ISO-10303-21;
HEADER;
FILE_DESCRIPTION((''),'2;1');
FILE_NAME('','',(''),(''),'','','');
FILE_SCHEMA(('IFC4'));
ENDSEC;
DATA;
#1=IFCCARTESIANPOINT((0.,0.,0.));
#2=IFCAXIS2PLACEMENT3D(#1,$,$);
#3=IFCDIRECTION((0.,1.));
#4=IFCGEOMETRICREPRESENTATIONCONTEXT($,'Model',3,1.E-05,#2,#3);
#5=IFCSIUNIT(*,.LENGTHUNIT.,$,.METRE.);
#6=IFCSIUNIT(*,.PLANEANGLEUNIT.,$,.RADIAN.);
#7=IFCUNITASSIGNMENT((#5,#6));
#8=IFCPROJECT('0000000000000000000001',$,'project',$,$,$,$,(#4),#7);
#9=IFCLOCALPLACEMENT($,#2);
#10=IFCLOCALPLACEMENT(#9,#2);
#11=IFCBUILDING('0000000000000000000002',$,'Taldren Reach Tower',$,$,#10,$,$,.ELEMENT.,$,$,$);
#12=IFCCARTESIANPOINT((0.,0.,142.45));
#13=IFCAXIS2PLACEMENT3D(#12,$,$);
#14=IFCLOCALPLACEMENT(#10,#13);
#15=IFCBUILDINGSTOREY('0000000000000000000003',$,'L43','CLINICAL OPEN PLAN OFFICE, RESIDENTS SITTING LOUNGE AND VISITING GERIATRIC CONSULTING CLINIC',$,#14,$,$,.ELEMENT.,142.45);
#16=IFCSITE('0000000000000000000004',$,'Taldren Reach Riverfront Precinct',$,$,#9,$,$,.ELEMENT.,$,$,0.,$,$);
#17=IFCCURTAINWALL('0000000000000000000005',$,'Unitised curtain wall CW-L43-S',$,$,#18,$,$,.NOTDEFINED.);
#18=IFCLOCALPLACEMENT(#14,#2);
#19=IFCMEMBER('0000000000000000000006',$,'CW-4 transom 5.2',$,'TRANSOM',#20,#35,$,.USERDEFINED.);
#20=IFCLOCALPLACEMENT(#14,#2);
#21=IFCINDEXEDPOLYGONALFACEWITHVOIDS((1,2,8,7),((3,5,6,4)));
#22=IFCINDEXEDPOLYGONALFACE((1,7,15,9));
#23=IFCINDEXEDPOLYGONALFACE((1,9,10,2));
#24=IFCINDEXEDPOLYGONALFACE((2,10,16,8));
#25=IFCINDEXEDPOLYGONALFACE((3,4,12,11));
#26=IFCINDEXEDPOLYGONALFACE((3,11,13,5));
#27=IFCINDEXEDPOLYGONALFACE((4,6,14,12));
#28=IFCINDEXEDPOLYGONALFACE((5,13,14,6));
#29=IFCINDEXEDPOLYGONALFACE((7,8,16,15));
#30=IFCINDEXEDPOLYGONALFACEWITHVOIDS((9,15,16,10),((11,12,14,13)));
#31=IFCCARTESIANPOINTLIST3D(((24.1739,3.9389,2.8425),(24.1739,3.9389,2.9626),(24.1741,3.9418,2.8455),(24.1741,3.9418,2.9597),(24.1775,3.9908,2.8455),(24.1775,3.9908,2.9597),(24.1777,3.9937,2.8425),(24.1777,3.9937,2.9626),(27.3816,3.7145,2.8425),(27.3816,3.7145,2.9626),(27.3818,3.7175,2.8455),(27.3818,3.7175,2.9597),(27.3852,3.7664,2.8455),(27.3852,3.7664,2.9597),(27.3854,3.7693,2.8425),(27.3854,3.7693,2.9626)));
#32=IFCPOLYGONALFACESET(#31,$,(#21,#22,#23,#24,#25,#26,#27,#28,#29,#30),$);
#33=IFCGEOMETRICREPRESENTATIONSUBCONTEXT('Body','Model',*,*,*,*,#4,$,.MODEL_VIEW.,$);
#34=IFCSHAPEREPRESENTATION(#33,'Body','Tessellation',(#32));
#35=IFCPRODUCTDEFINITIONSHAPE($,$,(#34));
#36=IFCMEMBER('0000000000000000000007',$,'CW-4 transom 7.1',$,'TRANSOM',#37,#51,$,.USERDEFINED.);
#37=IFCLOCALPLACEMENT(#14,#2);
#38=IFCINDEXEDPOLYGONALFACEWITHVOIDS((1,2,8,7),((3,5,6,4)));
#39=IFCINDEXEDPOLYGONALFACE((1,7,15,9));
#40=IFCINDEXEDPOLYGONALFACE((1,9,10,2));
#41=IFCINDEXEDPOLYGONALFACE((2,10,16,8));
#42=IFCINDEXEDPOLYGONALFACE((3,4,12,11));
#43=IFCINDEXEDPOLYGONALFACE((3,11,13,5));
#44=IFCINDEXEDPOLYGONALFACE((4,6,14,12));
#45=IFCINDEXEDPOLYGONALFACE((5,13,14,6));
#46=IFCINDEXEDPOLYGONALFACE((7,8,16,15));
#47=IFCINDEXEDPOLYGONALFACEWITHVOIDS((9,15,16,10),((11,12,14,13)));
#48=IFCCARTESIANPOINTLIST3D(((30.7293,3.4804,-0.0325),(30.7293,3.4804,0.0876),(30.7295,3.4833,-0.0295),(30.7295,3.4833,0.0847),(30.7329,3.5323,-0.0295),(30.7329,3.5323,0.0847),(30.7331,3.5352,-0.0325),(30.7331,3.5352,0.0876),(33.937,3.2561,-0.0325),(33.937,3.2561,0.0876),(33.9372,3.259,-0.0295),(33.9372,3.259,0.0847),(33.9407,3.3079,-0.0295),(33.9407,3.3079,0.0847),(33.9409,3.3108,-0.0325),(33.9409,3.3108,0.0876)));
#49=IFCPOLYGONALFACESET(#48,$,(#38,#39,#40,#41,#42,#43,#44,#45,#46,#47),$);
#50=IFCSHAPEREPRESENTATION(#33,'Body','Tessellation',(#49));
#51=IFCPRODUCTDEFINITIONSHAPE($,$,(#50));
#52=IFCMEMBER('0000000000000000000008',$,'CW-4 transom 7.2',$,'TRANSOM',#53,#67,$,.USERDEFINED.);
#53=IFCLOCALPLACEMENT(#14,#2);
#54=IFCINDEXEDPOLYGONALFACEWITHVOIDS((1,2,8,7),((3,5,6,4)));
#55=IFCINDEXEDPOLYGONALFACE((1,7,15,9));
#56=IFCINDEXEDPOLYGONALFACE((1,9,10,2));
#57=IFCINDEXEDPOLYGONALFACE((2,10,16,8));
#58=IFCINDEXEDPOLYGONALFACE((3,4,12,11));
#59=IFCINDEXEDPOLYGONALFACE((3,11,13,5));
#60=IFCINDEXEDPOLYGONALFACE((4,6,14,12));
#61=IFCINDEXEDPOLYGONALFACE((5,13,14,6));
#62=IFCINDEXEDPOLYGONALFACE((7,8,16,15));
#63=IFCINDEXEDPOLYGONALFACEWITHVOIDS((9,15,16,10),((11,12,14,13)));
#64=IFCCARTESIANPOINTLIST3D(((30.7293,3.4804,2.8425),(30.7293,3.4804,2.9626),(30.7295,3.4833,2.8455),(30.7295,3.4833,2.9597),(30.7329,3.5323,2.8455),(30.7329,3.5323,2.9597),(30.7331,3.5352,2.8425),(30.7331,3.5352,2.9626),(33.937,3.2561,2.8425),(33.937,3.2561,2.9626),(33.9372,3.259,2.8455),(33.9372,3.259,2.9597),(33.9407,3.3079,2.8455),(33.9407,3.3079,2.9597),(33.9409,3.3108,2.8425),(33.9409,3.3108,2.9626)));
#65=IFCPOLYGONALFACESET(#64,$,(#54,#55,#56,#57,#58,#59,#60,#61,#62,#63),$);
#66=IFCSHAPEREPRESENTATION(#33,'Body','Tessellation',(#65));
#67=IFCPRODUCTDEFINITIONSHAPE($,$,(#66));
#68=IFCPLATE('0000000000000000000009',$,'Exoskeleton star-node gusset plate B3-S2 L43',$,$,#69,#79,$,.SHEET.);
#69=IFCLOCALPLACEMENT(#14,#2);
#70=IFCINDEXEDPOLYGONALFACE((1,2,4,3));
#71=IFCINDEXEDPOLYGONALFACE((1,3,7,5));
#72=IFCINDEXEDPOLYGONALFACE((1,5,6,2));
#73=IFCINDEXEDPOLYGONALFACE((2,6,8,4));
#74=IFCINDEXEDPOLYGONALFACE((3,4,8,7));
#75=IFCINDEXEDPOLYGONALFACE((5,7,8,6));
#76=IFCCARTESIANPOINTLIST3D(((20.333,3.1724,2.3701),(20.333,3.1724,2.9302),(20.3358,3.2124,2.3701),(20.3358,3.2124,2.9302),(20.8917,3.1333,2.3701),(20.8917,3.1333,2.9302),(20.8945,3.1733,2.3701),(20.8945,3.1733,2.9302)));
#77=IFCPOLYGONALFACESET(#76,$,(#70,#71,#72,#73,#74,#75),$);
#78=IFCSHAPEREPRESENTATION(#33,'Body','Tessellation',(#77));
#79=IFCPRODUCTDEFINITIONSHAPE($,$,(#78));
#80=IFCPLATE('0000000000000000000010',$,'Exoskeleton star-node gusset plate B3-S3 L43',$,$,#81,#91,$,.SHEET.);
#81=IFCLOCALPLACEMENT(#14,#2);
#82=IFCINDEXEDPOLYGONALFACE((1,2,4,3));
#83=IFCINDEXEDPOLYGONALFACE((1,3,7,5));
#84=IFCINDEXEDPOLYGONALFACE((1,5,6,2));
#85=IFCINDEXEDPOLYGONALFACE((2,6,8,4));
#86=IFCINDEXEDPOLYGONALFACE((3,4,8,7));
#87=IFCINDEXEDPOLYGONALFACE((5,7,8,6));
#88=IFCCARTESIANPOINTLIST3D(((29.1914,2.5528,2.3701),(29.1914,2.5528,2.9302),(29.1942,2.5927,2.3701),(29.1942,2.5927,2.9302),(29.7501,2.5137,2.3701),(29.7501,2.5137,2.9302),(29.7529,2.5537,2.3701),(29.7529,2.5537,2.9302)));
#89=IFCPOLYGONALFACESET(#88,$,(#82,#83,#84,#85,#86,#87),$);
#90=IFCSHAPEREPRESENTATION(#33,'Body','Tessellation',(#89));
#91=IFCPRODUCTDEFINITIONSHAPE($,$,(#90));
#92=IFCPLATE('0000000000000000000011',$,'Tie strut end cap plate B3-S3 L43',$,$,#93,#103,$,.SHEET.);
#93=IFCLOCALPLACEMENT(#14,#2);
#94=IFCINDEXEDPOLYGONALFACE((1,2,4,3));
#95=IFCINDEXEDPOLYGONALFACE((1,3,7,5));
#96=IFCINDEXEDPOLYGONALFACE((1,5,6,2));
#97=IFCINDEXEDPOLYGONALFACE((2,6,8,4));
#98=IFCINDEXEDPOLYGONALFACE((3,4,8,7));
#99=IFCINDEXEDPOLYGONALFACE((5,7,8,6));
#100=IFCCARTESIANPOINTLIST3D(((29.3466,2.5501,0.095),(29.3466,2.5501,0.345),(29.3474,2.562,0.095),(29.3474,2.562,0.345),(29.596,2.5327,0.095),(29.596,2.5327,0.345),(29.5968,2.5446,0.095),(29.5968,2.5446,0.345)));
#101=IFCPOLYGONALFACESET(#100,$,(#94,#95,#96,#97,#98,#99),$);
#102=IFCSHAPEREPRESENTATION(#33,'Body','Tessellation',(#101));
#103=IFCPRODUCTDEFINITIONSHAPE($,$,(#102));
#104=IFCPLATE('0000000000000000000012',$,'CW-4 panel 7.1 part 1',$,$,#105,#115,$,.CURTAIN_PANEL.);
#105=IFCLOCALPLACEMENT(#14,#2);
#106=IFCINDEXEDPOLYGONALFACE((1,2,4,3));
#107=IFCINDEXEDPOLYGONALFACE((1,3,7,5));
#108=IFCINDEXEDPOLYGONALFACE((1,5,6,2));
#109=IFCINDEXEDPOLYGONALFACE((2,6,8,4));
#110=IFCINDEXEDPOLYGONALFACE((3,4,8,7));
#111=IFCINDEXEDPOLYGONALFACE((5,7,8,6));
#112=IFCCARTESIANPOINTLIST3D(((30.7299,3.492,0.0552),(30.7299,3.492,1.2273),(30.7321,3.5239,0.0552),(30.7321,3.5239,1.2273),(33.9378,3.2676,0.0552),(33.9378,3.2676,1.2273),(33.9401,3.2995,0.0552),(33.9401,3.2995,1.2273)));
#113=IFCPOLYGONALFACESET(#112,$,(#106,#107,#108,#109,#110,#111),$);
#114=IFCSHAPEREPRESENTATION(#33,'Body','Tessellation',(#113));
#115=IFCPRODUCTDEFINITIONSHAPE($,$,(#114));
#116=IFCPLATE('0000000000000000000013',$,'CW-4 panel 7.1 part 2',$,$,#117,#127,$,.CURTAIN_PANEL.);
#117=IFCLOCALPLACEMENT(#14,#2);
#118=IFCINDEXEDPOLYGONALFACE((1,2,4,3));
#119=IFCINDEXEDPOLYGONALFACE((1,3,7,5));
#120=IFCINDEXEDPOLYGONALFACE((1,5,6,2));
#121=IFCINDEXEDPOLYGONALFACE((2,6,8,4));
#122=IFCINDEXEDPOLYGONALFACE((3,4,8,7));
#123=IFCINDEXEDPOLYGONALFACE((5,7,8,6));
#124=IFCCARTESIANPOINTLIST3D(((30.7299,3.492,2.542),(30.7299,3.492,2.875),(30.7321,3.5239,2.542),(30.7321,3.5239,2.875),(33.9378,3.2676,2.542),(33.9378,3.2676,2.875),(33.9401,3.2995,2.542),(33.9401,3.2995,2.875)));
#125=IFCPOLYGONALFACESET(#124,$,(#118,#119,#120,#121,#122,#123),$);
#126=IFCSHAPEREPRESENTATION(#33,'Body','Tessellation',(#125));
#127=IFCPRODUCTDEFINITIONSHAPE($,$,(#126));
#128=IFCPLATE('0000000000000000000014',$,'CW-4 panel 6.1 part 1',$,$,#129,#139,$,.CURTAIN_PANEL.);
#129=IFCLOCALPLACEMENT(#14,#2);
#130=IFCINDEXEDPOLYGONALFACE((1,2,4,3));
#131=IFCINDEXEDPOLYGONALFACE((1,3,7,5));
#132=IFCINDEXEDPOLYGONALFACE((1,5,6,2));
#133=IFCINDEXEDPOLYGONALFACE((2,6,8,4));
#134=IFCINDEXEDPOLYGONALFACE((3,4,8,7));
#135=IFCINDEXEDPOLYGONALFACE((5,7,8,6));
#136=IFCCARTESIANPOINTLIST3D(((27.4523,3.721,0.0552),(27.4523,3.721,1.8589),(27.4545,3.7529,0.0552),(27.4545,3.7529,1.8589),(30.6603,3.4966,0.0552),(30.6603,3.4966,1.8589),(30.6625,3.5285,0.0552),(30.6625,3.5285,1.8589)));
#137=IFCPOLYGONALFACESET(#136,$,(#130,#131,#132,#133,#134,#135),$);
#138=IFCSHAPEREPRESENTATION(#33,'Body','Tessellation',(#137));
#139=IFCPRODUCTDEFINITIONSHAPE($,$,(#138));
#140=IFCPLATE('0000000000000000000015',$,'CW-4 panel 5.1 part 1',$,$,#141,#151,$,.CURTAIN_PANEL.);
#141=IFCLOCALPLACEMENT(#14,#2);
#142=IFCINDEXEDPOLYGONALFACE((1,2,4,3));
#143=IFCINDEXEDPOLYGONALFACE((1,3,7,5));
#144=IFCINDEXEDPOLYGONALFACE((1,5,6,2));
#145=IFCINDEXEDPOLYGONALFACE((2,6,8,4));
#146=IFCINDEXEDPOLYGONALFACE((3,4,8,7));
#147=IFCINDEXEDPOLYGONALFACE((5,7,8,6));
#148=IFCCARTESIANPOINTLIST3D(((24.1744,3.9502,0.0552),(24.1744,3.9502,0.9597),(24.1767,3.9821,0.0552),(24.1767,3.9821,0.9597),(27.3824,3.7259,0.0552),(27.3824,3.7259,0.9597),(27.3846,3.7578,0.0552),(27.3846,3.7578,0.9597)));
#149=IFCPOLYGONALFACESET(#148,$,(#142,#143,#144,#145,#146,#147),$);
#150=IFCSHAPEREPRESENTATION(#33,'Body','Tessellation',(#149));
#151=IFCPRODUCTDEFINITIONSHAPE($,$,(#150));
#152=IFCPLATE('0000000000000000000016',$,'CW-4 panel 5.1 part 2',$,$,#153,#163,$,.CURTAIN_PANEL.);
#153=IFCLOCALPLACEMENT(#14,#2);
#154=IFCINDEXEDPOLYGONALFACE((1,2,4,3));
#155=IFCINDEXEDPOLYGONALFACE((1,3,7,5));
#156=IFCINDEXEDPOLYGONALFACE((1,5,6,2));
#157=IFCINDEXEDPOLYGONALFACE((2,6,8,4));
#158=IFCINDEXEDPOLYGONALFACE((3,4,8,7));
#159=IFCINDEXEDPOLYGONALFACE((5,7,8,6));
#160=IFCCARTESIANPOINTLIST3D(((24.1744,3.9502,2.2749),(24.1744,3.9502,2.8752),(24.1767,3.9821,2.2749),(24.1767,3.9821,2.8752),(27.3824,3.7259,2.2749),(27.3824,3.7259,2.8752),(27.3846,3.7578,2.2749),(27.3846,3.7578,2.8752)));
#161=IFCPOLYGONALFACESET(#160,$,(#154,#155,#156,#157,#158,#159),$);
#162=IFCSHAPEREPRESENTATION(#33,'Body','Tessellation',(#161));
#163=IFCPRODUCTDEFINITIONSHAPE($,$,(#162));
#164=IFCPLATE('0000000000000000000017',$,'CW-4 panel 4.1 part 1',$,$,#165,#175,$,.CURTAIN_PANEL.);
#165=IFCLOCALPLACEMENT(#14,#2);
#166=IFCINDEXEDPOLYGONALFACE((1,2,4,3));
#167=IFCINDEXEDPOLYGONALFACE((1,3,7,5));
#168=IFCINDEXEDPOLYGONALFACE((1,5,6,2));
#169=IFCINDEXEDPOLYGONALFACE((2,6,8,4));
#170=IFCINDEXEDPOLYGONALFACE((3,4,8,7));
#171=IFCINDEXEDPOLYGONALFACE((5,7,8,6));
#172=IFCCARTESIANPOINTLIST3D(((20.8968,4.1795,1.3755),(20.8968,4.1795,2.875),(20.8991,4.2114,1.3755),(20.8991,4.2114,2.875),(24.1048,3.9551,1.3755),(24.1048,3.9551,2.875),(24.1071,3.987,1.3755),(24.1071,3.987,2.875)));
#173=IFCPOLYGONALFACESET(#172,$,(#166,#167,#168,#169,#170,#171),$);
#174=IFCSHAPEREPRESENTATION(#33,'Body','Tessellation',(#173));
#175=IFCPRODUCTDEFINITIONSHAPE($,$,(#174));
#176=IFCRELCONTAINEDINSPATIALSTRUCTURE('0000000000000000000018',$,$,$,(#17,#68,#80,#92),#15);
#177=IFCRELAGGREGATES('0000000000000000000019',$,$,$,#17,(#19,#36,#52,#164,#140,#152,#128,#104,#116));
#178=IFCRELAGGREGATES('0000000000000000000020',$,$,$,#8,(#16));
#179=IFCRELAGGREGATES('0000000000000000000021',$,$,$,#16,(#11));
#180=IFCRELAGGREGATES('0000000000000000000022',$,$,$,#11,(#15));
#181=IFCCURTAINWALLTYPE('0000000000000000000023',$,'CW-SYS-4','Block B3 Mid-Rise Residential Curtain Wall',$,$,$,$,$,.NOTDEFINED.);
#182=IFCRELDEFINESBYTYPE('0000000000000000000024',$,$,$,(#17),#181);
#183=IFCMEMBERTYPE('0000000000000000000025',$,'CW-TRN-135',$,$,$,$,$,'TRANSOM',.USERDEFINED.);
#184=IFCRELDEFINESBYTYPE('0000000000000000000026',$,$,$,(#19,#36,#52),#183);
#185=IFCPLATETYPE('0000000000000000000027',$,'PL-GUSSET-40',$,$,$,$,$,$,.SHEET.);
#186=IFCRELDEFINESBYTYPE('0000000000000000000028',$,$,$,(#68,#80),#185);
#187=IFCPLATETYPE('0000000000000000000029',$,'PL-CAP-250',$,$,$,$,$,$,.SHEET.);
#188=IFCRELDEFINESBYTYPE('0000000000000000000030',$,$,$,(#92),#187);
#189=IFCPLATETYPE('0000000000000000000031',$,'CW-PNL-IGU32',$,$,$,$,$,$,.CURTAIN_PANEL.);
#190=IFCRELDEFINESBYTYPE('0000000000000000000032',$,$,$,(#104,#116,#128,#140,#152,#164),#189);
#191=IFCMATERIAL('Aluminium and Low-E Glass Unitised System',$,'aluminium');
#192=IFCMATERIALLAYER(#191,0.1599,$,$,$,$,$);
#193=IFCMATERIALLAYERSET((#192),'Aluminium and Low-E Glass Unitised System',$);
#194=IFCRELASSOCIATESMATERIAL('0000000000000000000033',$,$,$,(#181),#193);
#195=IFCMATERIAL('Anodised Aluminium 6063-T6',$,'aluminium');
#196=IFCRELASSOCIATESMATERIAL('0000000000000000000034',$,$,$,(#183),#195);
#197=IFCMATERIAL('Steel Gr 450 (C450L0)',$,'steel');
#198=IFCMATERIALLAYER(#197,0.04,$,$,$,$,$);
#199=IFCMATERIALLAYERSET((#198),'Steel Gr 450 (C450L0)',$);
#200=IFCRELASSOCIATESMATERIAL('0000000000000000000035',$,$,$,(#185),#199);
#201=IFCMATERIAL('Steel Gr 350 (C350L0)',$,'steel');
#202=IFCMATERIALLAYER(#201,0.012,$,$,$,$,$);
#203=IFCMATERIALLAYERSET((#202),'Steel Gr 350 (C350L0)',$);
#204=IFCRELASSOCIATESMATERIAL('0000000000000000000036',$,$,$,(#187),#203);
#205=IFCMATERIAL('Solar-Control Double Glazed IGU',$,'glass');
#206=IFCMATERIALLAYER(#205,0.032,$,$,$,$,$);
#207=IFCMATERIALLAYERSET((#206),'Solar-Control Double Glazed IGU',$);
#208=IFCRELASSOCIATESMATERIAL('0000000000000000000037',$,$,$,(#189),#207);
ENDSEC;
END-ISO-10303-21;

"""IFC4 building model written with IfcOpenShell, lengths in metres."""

from ifc_helpers import new_model, si_unit, direction, frame, origin, origin_2d, place, context, subcontext, project, spatial, rectangle, hollow_rectangle, extrude, source, transform, mapped, material, layer, layer_set, material_profile, profile_set, type_object, element, aggregate, save


model = new_model("IFC4")

# Units and contexts
model_context = context("Model", 3, precision=1e-05, world=origin(), true_north=direction((0.0, 1.0)))
body_context = subcontext(model_context, "Body", "Model", "MODEL_VIEW")
ifc_project = project(units=[si_unit("LENGTHUNIT", "METRE"), si_unit("PLANEANGLEUNIT", "RADIAN")], contexts=[model_context])

# Site, building, storey
site_placement = place(None, origin())
site = spatial("IfcSite", under=ifc_project, at=site_placement, Name="Taldren Reach Riverfront Precinct", CompositionType="ELEMENT", RefElevation=0.0)
building_placement = place(site_placement, origin())
building = spatial("IfcBuilding", under=site, at=building_placement, Name="Taldren Reach Tower", CompositionType="ELEMENT")
storey_placement = place(building_placement, frame((0.0, 0.0, 142.45)))
storey = spatial("IfcBuildingStorey", under=building, at=storey_placement, Name="L43", Description="CLINICAL OPEN PLAN OFFICE, RESIDENTS SITTING LOUNGE AND VISITING GERIATRIC CONSULTING CLINIC", CompositionType="ELEMENT", Elevation=142.45)

# Shared definitions
ifc_material_1 = material(Name="Steel Gr 450 (C450L0)", Category="steel")
ifc_material_2 = material(Name="Steel Gr 350 (C350L0)", Category="steel")

# Curtain wall, members
ifc_material_3 = material(Name="Aluminium and Low-E Glass Unitised System", Category="aluminium")
ifc_layer_1 = layer(ifc_material_3, 0.1599)
ifc_layer_set_1 = layer_set([ifc_layer_1], Name="Aluminium and Low-E Glass Unitised System")
curtain_wall_type = type_object("IfcCurtainWallType", Name="CW-SYS-4", Description="Block B3 Mid-Rise Residential Curtain Wall", PredefinedType="NOTDEFINED", material=ifc_layer_set_1)
curtain_wall_placement = place(storey_placement, origin())
curtain_wall = element("IfcCurtainWall", 1, at=curtain_wall_placement, inside=storey, type_object=curtain_wall_type, Name="Unitised curtain wall CW-L43-S", PredefinedType="NOTDEFINED")
ifc_material_4 = material(Name="Anodised Aluminium 6063-T6", Category="aluminium")
ifc_material_profile_1 = material_profile(ifc_material_4, hollow_rectangle(XDim=0.0549, YDim=0.1201, WallThickness=0.0029, at=origin_2d()), Name="ALU-120x55x3RHS")
ifc_profile_set_1 = profile_set([ifc_material_profile_1], Name="Anodised Aluminium 6063-T6")
member_type_1 = type_object("IfcMemberType", Name="CW-TRN-135", ElementType="TRANSOM", PredefinedType="USERDEFINED", material=ifc_profile_set_1)
shared_shape_1 = source(origin(), body_context, "Body", "SweptSolid", [
    extrude(hollow_rectangle(XDim=0.0549, YDim=0.1201, WallThickness=0.0029, at=origin_2d()), origin(), (0.0, 0.0, 1.0), 3.2156),
])
member_1_placement = place(storey_placement, frame((24.1758, 3.9663, 2.9026), z_axis=(0.997563, -0.069774, 0.0), x_axis=(0.069774, 0.997563, 0.0)))
member_1 = element("IfcMember", 2, at=member_1_placement, type_object=member_type_1, Name="CW-4 transom 5.2", ObjectType="TRANSOM", PredefinedType="USERDEFINED", context=body_context, shape_type="MappedRepresentation", body=[
    mapped(shared_shape_1, transform((0.0, 0.0, 0.0), scale=1.0)),
])
member_2_placement = place(storey_placement, frame((30.7312, 3.5078, 0.0276), z_axis=(0.997563, -0.069774, 0.0), x_axis=(0.069774, 0.997563, 0.0)))
member_2 = element("IfcMember", 3, at=member_2_placement, type_object=member_type_1, Name="CW-4 transom 7.1", ObjectType="TRANSOM", PredefinedType="USERDEFINED", context=body_context, shape_type="MappedRepresentation", body=[
    mapped(shared_shape_1, transform((0.0, 0.0, 0.0), scale=1.0)),
])
member_3_placement = place(storey_placement, frame((30.7312, 3.5078, 2.9026), z_axis=(0.997563, -0.069774, 0.0), x_axis=(0.069774, 0.997563, 0.0)))
member_3 = element("IfcMember", 4, at=member_3_placement, type_object=member_type_1, Name="CW-4 transom 7.2", ObjectType="TRANSOM", PredefinedType="USERDEFINED", context=body_context, shape_type="MappedRepresentation", body=[
    mapped(shared_shape_1, transform((0.0, 0.0, 0.0), scale=1.0)),
])

# Plates
ifc_layer_2 = layer(ifc_material_1, 0.04)
ifc_layer_set_2 = layer_set([ifc_layer_2], Name="Steel Gr 450 (C450L0)")
plate_type_1 = type_object("IfcPlateType", Name="PL-GUSSET-40", PredefinedType="SHEET", material=ifc_layer_set_2)
shared_shape_2 = source(origin(), body_context, "Body", "SweptSolid", [
    extrude(rectangle(XDim=0.5601, YDim=0.04, at=origin_2d()), origin(), (0.0, 0.0, 1.0), 0.5601),
])
for number, where, z_axis, x_axis, name in (
    (5, (20.6138, 3.1729, 2.3701), (0.0, 0.0, 1.0), (0.997564, -0.069756, 0.0), "Exoskeleton star-node gusset plate B3-S2 L43"),
    (6, (29.4722, 2.5532, 2.3701), (0.0, 0.0, 1.0), (0.997564, -0.069756, 0.0), "Exoskeleton star-node gusset plate B3-S3 L43"),
):
    element("IfcPlate", number, at=place(storey_placement, frame(where, z_axis=z_axis, x_axis=x_axis)), inside=storey, type_object=plate_type_1, Name=name, PredefinedType="SHEET", context=body_context, shape_type="MappedRepresentation", body=[
        mapped(shared_shape_2, transform((0.0, 0.0, 0.0), scale=1.0)),
    ])
ifc_layer_3 = layer(ifc_material_2, 0.012)
ifc_layer_set_3 = layer_set([ifc_layer_3], Name="Steel Gr 350 (C350L0)")
plate_type_2 = type_object("IfcPlateType", Name="PL-CAP-250", PredefinedType="SHEET", material=ifc_layer_set_3)
shared_shape_3 = source(origin(), body_context, "Body", "SweptSolid", [
    extrude(rectangle(XDim=0.25, YDim=0.012, at=origin_2d()), origin(), (0.0, 0.0, 1.0), 0.25),
])
plate_1_placement = place(storey_placement, frame((29.4717, 2.5474, 0.095), z_axis=(0.0, 0.0, 1.0), x_axis=(0.997564, -0.069756, 0.0)))
element("IfcPlate", 7, at=plate_1_placement, inside=storey, type_object=plate_type_2, Name="Tie strut end cap plate B3-S3 L43", PredefinedType="SHEET", context=body_context, shape_type="MappedRepresentation", body=[
    mapped(shared_shape_3, transform((0.0, 0.0, 0.0), scale=1.0)),
])

# Plates
ifc_material_5 = material(Name="Solar-Control Double Glazed IGU", Category="glass")
ifc_layer_4 = layer(ifc_material_5, 0.032)
ifc_layer_set_4 = layer_set([ifc_layer_4], Name="Solar-Control Double Glazed IGU")
plate_type_3 = type_object("IfcPlateType", Name="CW-PNL-IGU32", PredefinedType="CURTAIN_PANEL", material=ifc_layer_set_4)
shared_shape_4 = source(origin(), body_context, "Body", "SweptSolid", [
    extrude(rectangle(XDim=3.2158, YDim=0.032, at=origin_2d()), origin(), (0.0, 0.0, 1.0), 1.1721),
])
plate_2_placement = place(storey_placement, frame((32.335, 3.3958, 0.0552), z_axis=(0.0, 0.0, 1.0), x_axis=(0.997564, -0.069757, 0.0)))
plate_2 = element("IfcPlate", 8, at=plate_2_placement, type_object=plate_type_3, Name="CW-4 panel 7.1 part 1", PredefinedType="CURTAIN_PANEL", context=body_context, shape_type="MappedRepresentation", body=[
    mapped(shared_shape_4, transform((0.0, 0.0, 0.0), scale=1.0)),
])
shared_shape_5 = source(origin(), body_context, "Body", "SweptSolid", [
    extrude(rectangle(XDim=3.2158, YDim=0.032, at=origin_2d()), origin(), (0.0, 0.0, 1.0), 0.333),
])
plate_3_placement = place(storey_placement, frame((32.335, 3.3958, 2.542), z_axis=(0.0, 0.0, 1.0), x_axis=(0.997564, -0.069757, 0.0)))
plate_3 = element("IfcPlate", 9, at=plate_3_placement, type_object=plate_type_3, Name="CW-4 panel 7.1 part 2", PredefinedType="CURTAIN_PANEL", context=body_context, shape_type="MappedRepresentation", body=[
    mapped(shared_shape_5, transform((0.0, 0.0, 0.0), scale=1.0)),
])
shared_shape_6 = source(origin(), body_context, "Body", "SweptSolid", [
    extrude(rectangle(XDim=3.2158, YDim=0.032, at=origin_2d()), origin(), (0.0, 0.0, 1.0), 1.8037),
])
plate_4_placement = place(storey_placement, frame((29.0574, 3.6248, 0.0552), z_axis=(0.0, 0.0, 1.0), x_axis=(0.997564, -0.069757, 0.0)))
plate_4 = element("IfcPlate", 10, at=plate_4_placement, type_object=plate_type_3, Name="CW-4 panel 6.1 part 1", PredefinedType="CURTAIN_PANEL", context=body_context, shape_type="MappedRepresentation", body=[
    mapped(shared_shape_6, transform((0.0, 0.0, 0.0), scale=1.0)),
])
shared_shape_7 = source(origin(), body_context, "Body", "SweptSolid", [
    extrude(rectangle(XDim=3.2158, YDim=0.032, at=origin_2d()), origin(), (0.0, 0.0, 1.0), 0.9045),
])
plate_5_placement = place(storey_placement, frame((25.7795, 3.854, 0.0552), z_axis=(0.0, 0.0, 1.0), x_axis=(0.997564, -0.069757, 0.0)))
plate_5 = element("IfcPlate", 11, at=plate_5_placement, type_object=plate_type_3, Name="CW-4 panel 5.1 part 1", PredefinedType="CURTAIN_PANEL", context=body_context, shape_type="MappedRepresentation", body=[
    mapped(shared_shape_7, transform((0.0, 0.0, 0.0), scale=1.0)),
])
shared_shape_8 = source(origin(), body_context, "Body", "SweptSolid", [
    extrude(rectangle(XDim=3.2158, YDim=0.032, at=origin_2d()), origin(), (0.0, 0.0, 1.0), 0.6003),
])
plate_6_placement = place(storey_placement, frame((25.7795, 3.854, 2.2749), z_axis=(0.0, 0.0, 1.0), x_axis=(0.997564, -0.069757, 0.0)))
plate_6 = element("IfcPlate", 12, at=plate_6_placement, type_object=plate_type_3, Name="CW-4 panel 5.1 part 2", PredefinedType="CURTAIN_PANEL", context=body_context, shape_type="MappedRepresentation", body=[
    mapped(shared_shape_8, transform((0.0, 0.0, 0.0), scale=1.0)),
])
shared_shape_9 = source(origin(), body_context, "Body", "SweptSolid", [
    extrude(rectangle(XDim=3.2158, YDim=0.032, at=origin_2d()), origin(), (0.0, 0.0, 1.0), 1.4995),
])
plate_7_placement = place(storey_placement, frame((22.502, 4.0833, 1.3755), z_axis=(0.0, 0.0, 1.0), x_axis=(0.997564, -0.069757, 0.0)))
plate_7 = element("IfcPlate", 13, at=plate_7_placement, type_object=plate_type_3, Name="CW-4 panel 4.1 part 1", PredefinedType="CURTAIN_PANEL", context=body_context, shape_type="MappedRepresentation", body=[
    mapped(shared_shape_9, transform((0.0, 0.0, 0.0), scale=1.0)),
])
aggregate(curtain_wall, [member_1, member_2, member_3, plate_7, plate_5, plate_6, plate_4, plate_2, plate_3])

save(model, "model.ifc")
